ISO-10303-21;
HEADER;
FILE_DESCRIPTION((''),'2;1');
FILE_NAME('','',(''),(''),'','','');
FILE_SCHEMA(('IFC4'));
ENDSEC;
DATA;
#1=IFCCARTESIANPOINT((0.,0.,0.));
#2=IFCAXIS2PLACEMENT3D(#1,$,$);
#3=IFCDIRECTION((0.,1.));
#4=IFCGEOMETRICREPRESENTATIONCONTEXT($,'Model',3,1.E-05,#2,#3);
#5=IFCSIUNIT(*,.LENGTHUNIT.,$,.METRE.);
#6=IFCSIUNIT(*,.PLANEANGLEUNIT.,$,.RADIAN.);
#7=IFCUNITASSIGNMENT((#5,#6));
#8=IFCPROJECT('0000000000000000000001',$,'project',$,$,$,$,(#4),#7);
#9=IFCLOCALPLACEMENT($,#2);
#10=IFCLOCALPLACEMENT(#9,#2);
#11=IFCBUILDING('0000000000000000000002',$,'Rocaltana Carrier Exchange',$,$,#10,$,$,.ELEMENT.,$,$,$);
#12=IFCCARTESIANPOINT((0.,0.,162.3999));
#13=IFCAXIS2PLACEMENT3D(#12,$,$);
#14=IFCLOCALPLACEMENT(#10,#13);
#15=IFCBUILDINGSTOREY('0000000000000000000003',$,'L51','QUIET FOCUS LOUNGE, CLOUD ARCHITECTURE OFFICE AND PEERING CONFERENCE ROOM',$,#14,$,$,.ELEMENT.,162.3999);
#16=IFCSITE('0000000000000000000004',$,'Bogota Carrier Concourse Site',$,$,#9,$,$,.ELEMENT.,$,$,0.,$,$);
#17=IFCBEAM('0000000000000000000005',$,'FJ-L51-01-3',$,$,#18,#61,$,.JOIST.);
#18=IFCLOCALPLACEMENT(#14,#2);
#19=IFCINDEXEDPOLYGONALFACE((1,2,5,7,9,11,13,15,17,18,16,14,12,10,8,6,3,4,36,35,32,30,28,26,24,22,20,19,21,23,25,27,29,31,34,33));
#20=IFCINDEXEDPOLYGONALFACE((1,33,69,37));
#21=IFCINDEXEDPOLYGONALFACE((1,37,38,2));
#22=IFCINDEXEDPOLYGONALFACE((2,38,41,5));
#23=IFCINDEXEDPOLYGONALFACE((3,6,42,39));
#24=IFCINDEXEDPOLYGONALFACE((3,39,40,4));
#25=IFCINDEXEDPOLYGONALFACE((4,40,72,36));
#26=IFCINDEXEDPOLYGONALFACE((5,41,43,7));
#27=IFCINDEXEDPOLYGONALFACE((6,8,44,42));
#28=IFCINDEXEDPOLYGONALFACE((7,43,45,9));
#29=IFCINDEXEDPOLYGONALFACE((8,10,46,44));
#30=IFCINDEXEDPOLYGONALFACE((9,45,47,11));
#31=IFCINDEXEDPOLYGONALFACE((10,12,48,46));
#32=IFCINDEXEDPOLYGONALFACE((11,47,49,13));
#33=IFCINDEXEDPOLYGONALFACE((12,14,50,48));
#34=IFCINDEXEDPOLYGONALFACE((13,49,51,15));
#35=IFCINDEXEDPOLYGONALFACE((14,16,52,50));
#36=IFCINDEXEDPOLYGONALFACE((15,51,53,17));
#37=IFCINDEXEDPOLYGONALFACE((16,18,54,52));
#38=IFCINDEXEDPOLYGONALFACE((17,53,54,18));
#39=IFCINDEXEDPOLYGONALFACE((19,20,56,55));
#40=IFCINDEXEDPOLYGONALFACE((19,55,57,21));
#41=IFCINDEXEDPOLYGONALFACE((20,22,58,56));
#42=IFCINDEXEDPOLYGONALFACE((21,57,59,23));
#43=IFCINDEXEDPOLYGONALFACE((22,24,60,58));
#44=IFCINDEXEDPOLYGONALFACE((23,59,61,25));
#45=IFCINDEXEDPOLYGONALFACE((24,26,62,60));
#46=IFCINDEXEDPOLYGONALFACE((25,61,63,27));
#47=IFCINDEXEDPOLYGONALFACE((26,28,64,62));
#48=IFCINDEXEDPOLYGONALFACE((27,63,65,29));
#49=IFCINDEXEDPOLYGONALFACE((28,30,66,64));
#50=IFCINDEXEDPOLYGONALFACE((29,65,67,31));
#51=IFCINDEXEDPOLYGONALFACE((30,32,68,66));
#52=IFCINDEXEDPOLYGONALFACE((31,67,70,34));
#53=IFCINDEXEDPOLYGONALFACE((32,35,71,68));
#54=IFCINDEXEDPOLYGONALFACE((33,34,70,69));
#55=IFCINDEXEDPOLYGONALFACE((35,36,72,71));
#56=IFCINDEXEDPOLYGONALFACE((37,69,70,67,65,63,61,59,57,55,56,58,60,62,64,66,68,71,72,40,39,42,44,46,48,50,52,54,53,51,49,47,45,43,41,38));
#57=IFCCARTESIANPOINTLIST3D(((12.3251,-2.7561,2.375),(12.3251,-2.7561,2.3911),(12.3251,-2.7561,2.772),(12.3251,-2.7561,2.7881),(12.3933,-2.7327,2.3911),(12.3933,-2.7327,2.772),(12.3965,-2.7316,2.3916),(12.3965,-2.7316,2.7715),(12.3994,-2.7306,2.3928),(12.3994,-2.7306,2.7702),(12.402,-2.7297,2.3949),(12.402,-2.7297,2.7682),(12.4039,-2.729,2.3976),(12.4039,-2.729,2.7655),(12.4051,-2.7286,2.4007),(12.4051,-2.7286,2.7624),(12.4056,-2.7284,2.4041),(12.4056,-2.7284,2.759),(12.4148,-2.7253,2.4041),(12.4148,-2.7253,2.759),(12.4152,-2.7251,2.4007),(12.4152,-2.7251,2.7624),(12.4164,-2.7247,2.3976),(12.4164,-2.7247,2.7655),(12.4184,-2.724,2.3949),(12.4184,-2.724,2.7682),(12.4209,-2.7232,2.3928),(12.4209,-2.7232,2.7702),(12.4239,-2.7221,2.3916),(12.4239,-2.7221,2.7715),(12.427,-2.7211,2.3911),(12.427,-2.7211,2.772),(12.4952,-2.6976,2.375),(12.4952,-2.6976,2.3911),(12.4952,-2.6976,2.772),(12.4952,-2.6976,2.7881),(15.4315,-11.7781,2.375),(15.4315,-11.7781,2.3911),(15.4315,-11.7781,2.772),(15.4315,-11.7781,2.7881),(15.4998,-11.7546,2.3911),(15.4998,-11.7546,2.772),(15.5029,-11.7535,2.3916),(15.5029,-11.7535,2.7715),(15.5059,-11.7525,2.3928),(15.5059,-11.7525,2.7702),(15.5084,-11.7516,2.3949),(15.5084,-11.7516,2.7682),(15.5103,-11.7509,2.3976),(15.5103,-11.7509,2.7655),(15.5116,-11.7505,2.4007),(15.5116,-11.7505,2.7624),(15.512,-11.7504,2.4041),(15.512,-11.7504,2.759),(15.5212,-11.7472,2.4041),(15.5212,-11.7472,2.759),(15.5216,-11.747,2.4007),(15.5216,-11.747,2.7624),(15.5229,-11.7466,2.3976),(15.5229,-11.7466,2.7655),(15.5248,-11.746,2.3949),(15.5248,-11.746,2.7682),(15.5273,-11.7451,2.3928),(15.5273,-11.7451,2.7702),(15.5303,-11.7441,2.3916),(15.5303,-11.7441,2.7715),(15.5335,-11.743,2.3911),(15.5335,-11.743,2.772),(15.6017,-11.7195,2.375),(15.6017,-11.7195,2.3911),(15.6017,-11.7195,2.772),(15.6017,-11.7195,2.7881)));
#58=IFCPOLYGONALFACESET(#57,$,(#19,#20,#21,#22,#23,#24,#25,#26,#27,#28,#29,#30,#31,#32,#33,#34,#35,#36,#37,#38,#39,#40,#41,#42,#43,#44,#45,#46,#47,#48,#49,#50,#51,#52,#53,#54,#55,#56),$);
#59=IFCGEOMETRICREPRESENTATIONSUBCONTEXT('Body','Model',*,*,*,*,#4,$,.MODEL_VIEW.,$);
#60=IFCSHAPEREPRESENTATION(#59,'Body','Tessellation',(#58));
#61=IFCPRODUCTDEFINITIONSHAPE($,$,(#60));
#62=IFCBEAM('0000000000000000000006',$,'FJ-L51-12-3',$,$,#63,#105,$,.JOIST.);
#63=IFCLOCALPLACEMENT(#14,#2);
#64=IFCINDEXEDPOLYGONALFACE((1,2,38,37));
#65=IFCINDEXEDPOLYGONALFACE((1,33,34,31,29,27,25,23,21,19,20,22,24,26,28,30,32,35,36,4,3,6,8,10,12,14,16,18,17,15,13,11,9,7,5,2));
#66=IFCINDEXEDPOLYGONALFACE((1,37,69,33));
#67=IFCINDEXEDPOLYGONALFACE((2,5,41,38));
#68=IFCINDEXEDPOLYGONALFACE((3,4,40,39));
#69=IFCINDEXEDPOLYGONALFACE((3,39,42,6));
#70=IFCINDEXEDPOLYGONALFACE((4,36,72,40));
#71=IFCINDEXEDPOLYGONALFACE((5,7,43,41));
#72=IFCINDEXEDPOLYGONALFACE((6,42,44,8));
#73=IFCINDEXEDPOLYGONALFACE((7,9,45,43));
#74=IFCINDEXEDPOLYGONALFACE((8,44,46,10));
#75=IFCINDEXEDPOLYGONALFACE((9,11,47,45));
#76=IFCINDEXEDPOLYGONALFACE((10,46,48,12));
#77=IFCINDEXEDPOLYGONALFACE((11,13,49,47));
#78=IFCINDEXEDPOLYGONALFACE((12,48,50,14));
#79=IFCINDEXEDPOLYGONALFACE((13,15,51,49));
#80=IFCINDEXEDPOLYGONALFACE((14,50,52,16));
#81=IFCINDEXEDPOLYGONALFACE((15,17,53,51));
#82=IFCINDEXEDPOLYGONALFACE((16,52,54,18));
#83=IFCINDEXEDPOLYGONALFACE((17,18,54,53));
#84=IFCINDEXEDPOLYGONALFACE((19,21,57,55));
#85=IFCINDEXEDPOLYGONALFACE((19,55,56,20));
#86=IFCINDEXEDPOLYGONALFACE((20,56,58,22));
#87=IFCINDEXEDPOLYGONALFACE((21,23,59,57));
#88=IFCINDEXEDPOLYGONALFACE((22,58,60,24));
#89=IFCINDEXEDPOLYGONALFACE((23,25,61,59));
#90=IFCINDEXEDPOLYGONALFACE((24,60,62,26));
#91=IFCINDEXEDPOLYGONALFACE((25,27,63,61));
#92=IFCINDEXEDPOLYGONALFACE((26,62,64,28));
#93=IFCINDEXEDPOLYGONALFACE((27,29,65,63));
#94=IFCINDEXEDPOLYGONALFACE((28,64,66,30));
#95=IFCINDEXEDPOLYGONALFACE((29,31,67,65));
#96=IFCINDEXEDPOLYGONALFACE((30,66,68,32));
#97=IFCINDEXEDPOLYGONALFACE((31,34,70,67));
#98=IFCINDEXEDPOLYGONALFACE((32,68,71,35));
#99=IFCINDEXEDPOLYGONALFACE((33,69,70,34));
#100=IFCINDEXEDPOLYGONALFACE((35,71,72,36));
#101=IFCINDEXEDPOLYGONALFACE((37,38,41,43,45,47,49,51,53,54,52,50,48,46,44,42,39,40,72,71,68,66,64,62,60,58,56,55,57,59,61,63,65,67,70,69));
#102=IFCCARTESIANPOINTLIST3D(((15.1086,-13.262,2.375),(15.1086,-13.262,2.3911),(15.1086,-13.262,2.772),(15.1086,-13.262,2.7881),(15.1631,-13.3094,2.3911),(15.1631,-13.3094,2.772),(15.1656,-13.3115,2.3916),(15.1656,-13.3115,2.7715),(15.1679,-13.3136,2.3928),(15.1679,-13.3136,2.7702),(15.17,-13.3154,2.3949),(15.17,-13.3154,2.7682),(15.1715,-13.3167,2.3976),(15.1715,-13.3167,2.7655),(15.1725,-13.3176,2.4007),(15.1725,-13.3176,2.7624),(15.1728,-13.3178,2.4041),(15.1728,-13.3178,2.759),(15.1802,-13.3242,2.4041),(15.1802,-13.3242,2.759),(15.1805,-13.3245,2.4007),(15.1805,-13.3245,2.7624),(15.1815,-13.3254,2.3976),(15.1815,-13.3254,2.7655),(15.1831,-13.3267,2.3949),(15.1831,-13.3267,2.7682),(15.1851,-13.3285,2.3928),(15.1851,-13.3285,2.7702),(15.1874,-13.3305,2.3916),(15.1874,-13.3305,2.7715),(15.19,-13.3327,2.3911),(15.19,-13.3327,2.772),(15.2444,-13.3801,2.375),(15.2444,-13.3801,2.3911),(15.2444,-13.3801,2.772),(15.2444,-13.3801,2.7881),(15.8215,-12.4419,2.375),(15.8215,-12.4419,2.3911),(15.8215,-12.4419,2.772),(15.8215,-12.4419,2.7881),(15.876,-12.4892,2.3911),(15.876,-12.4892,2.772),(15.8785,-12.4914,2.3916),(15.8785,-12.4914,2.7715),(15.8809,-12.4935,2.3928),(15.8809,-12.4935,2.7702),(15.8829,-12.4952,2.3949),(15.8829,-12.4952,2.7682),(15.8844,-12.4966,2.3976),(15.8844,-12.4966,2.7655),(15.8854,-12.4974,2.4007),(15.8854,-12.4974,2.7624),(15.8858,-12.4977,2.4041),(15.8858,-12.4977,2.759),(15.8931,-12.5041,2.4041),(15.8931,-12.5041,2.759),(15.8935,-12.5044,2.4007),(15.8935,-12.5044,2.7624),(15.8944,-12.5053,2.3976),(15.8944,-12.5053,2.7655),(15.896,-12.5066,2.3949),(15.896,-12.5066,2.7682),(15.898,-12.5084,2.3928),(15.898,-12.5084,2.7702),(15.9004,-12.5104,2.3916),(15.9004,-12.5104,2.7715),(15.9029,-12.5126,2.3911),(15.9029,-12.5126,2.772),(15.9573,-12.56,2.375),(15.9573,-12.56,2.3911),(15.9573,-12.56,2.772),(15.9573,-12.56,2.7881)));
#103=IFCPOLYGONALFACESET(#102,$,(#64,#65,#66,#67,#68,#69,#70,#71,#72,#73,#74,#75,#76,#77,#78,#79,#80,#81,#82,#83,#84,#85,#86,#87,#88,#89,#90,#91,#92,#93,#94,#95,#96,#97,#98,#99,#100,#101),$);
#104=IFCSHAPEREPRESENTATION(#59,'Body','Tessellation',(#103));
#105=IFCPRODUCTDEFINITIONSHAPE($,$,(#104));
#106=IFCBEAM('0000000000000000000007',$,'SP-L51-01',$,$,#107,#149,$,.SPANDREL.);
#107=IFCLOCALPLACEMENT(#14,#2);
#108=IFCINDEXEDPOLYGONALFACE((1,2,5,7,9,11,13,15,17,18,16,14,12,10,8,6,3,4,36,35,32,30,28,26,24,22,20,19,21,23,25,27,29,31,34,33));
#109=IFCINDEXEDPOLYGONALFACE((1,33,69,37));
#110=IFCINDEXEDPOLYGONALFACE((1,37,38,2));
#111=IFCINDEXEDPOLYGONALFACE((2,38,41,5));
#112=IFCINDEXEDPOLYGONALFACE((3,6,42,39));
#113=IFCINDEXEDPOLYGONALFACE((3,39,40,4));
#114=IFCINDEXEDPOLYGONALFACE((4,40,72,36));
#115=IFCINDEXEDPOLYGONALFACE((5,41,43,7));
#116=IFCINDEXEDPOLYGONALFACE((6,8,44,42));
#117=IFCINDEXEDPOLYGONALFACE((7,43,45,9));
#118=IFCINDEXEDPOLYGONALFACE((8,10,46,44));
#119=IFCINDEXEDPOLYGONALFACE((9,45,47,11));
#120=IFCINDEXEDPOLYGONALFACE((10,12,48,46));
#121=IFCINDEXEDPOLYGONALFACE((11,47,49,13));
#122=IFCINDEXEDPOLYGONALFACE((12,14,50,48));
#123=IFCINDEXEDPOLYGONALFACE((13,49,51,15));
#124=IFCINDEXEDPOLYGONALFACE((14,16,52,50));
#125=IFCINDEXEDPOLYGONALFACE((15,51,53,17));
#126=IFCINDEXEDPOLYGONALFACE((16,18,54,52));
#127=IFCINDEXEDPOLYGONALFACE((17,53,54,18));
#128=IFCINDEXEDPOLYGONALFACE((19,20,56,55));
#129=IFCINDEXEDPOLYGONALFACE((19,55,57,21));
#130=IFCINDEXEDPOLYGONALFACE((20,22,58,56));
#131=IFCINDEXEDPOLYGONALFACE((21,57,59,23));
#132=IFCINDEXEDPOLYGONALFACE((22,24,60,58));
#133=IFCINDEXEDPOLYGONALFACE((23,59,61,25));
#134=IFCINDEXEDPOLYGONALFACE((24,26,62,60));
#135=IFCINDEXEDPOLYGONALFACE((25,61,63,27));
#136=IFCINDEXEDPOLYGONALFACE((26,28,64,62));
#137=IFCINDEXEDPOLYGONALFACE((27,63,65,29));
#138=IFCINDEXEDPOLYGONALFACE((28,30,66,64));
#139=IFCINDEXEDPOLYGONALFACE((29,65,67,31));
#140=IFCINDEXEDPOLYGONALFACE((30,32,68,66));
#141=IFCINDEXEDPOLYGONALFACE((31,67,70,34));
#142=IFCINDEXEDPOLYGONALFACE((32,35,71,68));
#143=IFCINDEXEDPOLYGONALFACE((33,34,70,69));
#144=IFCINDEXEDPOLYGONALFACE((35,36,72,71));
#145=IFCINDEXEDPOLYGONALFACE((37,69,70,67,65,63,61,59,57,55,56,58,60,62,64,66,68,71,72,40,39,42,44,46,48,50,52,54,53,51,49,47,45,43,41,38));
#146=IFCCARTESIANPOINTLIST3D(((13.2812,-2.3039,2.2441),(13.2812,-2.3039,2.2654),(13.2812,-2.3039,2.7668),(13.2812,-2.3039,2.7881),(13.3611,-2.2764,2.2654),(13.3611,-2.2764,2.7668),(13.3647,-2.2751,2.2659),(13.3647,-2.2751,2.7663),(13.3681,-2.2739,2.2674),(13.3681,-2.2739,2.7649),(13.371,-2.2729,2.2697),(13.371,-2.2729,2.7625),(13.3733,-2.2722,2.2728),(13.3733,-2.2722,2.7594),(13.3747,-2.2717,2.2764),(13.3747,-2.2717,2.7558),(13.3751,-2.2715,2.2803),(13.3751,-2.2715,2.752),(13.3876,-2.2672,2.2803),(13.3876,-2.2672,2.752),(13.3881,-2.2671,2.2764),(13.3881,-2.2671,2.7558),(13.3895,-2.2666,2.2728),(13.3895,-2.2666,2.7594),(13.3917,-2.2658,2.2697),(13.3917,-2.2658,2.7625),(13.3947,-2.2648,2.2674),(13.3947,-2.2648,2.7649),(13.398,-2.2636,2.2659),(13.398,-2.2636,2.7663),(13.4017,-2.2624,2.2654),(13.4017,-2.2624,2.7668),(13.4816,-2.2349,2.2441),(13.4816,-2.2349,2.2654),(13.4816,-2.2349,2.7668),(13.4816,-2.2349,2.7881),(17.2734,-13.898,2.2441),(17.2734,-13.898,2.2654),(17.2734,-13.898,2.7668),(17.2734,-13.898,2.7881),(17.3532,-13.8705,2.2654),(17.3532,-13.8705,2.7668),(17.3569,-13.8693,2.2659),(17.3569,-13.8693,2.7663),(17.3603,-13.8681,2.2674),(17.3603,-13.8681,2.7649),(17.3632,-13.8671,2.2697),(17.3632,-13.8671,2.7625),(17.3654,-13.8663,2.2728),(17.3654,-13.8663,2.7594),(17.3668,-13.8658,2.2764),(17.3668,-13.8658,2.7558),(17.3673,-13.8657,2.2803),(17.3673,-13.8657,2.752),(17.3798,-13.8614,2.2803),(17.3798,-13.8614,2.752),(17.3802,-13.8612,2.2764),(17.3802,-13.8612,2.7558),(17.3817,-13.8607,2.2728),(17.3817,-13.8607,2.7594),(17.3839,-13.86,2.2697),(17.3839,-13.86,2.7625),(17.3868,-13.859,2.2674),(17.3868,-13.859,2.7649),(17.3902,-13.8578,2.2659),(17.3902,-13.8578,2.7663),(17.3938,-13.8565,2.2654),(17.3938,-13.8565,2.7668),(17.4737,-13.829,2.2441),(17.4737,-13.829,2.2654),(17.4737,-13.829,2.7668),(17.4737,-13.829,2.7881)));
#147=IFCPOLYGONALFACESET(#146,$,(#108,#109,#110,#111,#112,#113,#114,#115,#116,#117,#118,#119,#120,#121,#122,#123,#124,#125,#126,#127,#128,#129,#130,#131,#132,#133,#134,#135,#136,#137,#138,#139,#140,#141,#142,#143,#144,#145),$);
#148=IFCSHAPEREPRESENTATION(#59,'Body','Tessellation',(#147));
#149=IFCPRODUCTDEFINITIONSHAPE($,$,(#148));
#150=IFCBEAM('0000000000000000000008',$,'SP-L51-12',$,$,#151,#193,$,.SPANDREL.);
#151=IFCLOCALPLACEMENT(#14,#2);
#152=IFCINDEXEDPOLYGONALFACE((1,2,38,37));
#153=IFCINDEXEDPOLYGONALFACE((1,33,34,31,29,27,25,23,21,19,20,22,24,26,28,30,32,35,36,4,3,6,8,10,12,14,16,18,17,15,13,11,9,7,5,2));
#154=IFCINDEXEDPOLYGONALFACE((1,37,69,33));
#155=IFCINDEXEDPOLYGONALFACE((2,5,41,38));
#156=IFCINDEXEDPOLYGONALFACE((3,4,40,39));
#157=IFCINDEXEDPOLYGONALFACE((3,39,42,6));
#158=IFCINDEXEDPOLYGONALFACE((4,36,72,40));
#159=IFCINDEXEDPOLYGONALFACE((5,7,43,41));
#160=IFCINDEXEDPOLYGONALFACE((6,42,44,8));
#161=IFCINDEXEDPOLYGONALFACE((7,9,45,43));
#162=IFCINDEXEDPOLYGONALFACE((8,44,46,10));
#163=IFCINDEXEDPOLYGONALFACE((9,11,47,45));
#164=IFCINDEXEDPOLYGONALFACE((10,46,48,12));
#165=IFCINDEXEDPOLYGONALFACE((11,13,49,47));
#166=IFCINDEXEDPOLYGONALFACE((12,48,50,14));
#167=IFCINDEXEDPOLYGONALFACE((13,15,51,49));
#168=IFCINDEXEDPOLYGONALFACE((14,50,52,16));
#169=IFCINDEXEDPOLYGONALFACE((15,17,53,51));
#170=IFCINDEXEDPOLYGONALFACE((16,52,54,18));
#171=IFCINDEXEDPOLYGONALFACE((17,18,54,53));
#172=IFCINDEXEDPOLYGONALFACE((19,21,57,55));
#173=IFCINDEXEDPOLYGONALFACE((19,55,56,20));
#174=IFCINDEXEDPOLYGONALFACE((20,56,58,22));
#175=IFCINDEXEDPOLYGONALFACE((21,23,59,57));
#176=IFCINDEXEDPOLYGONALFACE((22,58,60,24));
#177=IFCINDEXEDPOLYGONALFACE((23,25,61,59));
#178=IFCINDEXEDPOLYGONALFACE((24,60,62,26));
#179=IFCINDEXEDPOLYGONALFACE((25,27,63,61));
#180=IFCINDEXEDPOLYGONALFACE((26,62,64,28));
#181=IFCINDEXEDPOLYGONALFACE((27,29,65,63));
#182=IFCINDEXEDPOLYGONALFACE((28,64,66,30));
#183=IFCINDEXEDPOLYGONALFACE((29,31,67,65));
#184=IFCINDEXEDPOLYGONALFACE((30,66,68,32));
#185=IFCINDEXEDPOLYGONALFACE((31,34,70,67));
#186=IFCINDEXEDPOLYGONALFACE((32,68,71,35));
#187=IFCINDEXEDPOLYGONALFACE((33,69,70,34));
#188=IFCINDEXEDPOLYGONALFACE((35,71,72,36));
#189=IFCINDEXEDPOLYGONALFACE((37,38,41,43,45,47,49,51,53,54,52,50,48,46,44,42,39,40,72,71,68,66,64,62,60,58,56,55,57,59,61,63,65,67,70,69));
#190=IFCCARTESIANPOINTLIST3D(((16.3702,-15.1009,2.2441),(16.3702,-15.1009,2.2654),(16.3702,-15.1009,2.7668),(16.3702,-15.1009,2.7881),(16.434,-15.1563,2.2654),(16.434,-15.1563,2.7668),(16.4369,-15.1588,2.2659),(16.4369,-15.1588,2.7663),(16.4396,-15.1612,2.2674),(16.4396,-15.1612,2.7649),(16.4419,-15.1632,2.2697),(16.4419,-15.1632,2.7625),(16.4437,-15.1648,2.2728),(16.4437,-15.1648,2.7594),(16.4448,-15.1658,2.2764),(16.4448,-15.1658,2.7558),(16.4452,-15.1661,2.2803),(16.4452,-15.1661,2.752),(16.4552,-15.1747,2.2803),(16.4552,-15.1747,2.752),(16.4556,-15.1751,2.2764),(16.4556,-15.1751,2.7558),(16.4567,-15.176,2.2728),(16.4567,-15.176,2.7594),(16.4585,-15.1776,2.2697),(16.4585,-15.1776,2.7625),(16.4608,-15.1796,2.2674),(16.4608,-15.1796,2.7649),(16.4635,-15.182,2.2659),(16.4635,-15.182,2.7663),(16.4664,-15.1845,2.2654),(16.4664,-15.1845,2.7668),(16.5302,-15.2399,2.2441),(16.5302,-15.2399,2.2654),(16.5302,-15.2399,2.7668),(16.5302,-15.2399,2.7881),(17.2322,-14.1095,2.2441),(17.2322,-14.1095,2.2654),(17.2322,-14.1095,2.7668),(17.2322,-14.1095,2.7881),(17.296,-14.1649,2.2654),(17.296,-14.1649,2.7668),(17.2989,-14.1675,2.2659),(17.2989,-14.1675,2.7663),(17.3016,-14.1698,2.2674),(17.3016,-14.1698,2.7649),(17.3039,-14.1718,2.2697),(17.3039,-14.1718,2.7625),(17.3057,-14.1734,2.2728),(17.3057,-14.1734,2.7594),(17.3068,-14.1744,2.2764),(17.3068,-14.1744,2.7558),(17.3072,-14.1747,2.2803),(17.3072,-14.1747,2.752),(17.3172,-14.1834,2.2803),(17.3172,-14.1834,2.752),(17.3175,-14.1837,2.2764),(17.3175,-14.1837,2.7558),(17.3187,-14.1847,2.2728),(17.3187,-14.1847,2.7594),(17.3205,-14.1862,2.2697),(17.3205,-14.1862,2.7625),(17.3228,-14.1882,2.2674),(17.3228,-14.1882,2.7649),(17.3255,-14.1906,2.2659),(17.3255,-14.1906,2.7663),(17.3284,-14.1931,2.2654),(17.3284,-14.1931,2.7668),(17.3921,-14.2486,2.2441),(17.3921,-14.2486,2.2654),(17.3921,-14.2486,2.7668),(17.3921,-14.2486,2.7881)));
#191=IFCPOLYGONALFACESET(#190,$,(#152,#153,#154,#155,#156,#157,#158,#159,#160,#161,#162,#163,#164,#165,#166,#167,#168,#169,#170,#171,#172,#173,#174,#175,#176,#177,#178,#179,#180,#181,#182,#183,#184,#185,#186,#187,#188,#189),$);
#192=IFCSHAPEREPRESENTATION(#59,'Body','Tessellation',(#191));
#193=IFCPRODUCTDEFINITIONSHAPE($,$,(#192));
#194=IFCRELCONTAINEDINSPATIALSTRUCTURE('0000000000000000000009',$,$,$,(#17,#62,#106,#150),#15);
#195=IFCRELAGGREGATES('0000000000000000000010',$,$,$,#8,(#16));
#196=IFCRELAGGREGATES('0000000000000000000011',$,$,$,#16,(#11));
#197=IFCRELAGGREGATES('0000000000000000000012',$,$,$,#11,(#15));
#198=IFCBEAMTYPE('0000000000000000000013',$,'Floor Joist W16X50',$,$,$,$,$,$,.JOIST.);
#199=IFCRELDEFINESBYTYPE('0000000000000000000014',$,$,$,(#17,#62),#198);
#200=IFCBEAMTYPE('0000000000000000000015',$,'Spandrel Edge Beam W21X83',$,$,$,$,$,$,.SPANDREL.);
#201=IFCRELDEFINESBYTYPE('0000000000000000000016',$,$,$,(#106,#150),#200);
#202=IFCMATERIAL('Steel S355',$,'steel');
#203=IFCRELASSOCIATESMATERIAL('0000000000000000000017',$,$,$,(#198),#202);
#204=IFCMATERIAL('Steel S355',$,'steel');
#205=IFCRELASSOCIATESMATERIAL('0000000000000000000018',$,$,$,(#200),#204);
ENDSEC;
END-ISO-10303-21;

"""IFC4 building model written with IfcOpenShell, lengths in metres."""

from ifc_helpers import new_model, si_unit, direction, frame, origin, origin_2d, place, context, subcontext, project, spatial, i_section, extrude, material, material_profile, profile_set, type_object, element, save


model = new_model("IFC4")

# Units and contexts
model_context = context("Model", 3, precision=1e-05, world=origin(), true_north=direction((0.0, 1.0)))
body_context = subcontext(model_context, "Body", "Model", "MODEL_VIEW")
ifc_project = project(units=[si_unit("LENGTHUNIT", "METRE"), si_unit("PLANEANGLEUNIT", "RADIAN")], contexts=[model_context])

# Site, building, storey
site_placement = place(None, origin())
site = spatial("IfcSite", under=ifc_project, at=site_placement, Name="Bogota Carrier Concourse Site", CompositionType="ELEMENT", RefElevation=0.0)
building_placement = place(site_placement, origin())
building = spatial("IfcBuilding", under=site, at=building_placement, Name="Rocaltana Carrier Exchange", CompositionType="ELEMENT")
storey_placement = place(building_placement, frame((0.0, 0.0, 162.3999)))
storey = spatial("IfcBuildingStorey", under=building, at=storey_placement, Name="L51", Description="QUIET FOCUS LOUNGE, CLOUD ARCHITECTURE OFFICE AND PEERING CONFERENCE ROOM", CompositionType="ELEMENT", Elevation=162.3999)

# Beams
ifc_material_1 = material(Name="Steel S355", Category="steel")
ifc_material_profile_1 = material_profile(ifc_material_1, i_section(OverallWidth=0.1799, OverallDepth=0.4131, WebThickness=0.0098, FlangeThickness=0.0161, FilletRadius=0.0129, at=origin_2d()), Name="W16X50")
ifc_profile_set_1 = profile_set([ifc_material_profile_1], Name="Steel S355")
beam_type_1 = type_object("IfcBeamType", Name="Floor Joist W16X50", PredefinedType="JOIST", material=ifc_profile_set_1)
beam_1_placement = place(storey_placement, frame((15.5166, -11.7488, 2.5815), z_axis=(-0.325562, 0.945521, 0.0), x_axis=(-0.945521, -0.325562, 0.0)))
element("IfcBeam", 1, at=beam_1_placement, inside=storey, type_object=beam_type_1, Name="FJ-L51-01-3", PredefinedType="JOIST", context=body_context, shape_type="SweptSolid", body=[
    extrude(i_section(OverallWidth=0.1799, OverallDepth=0.4131, WebThickness=0.0098, FlangeThickness=0.0161, FilletRadius=0.0129, at=origin_2d()), origin(), (0.0, 0.0, 1.0), 9.5417),
])
beam_2_placement = place(storey_placement, frame((15.1765, -13.321, 2.5815), z_axis=(0.656067, 0.754702, 0.0), x_axis=(-0.754702, 0.656067, 0.0)))
element("IfcBeam", 2, at=beam_2_placement, inside=storey, type_object=beam_type_1, Name="FJ-L51-12-3", PredefinedType="JOIST", context=body_context, shape_type="SweptSolid", body=[
    extrude(i_section(OverallWidth=0.1799, OverallDepth=0.4131, WebThickness=0.0098, FlangeThickness=0.0161, FilletRadius=0.0129, at=origin_2d()), origin(), (0.0, 0.0, 1.0), 1.0867),
])
ifc_material_2 = material(Name="Steel S355", Category="steel")
ifc_material_profile_2 = material_profile(ifc_material_2, i_section(OverallWidth=0.2119, OverallDepth=0.5439, WebThickness=0.0132, FlangeThickness=0.0212, FilletRadius=0.0149, at=origin_2d()), Name="W21X83")
ifc_profile_set_2 = profile_set([ifc_material_profile_2], Name="Steel S355")
beam_type_2 = type_object("IfcBeamType", Name="Spandrel Edge Beam W21X83", PredefinedType="SPANDREL", material=ifc_profile_set_2)
beam_3_placement = place(storey_placement, frame((17.3735, -13.8635, 2.5161), z_axis=(-0.325566, 0.945519, 0.0), x_axis=(-0.945519, -0.325566, 0.0)))
element("IfcBeam", 3, at=beam_3_placement, inside=storey, type_object=beam_type_2, Name="SP-L51-01", PredefinedType="SPANDREL", context=body_context, shape_type="SweptSolid", body=[
    extrude(i_section(OverallWidth=0.2119, OverallDepth=0.5439, WebThickness=0.0132, FlangeThickness=0.0212, FilletRadius=0.0149, at=origin_2d()), origin(), (0.0, 0.0, 1.0), 12.2622),
])
beam_4_placement = place(storey_placement, frame((16.4502, -15.1704, 2.5161), z_axis=(0.656147, 0.754634, 0.0), x_axis=(-0.754634, 0.656147, 0.0)))
element("IfcBeam", 4, at=beam_4_placement, inside=storey, type_object=beam_type_2, Name="SP-L51-12", PredefinedType="SPANDREL", context=body_context, shape_type="SweptSolid", body=[
    extrude(i_section(OverallWidth=0.2119, OverallDepth=0.5439, WebThickness=0.0132, FlangeThickness=0.0212, FilletRadius=0.0149, at=origin_2d()), origin(), (0.0, 0.0, 1.0), 1.3137),
])

save(model, "model.ifc")
